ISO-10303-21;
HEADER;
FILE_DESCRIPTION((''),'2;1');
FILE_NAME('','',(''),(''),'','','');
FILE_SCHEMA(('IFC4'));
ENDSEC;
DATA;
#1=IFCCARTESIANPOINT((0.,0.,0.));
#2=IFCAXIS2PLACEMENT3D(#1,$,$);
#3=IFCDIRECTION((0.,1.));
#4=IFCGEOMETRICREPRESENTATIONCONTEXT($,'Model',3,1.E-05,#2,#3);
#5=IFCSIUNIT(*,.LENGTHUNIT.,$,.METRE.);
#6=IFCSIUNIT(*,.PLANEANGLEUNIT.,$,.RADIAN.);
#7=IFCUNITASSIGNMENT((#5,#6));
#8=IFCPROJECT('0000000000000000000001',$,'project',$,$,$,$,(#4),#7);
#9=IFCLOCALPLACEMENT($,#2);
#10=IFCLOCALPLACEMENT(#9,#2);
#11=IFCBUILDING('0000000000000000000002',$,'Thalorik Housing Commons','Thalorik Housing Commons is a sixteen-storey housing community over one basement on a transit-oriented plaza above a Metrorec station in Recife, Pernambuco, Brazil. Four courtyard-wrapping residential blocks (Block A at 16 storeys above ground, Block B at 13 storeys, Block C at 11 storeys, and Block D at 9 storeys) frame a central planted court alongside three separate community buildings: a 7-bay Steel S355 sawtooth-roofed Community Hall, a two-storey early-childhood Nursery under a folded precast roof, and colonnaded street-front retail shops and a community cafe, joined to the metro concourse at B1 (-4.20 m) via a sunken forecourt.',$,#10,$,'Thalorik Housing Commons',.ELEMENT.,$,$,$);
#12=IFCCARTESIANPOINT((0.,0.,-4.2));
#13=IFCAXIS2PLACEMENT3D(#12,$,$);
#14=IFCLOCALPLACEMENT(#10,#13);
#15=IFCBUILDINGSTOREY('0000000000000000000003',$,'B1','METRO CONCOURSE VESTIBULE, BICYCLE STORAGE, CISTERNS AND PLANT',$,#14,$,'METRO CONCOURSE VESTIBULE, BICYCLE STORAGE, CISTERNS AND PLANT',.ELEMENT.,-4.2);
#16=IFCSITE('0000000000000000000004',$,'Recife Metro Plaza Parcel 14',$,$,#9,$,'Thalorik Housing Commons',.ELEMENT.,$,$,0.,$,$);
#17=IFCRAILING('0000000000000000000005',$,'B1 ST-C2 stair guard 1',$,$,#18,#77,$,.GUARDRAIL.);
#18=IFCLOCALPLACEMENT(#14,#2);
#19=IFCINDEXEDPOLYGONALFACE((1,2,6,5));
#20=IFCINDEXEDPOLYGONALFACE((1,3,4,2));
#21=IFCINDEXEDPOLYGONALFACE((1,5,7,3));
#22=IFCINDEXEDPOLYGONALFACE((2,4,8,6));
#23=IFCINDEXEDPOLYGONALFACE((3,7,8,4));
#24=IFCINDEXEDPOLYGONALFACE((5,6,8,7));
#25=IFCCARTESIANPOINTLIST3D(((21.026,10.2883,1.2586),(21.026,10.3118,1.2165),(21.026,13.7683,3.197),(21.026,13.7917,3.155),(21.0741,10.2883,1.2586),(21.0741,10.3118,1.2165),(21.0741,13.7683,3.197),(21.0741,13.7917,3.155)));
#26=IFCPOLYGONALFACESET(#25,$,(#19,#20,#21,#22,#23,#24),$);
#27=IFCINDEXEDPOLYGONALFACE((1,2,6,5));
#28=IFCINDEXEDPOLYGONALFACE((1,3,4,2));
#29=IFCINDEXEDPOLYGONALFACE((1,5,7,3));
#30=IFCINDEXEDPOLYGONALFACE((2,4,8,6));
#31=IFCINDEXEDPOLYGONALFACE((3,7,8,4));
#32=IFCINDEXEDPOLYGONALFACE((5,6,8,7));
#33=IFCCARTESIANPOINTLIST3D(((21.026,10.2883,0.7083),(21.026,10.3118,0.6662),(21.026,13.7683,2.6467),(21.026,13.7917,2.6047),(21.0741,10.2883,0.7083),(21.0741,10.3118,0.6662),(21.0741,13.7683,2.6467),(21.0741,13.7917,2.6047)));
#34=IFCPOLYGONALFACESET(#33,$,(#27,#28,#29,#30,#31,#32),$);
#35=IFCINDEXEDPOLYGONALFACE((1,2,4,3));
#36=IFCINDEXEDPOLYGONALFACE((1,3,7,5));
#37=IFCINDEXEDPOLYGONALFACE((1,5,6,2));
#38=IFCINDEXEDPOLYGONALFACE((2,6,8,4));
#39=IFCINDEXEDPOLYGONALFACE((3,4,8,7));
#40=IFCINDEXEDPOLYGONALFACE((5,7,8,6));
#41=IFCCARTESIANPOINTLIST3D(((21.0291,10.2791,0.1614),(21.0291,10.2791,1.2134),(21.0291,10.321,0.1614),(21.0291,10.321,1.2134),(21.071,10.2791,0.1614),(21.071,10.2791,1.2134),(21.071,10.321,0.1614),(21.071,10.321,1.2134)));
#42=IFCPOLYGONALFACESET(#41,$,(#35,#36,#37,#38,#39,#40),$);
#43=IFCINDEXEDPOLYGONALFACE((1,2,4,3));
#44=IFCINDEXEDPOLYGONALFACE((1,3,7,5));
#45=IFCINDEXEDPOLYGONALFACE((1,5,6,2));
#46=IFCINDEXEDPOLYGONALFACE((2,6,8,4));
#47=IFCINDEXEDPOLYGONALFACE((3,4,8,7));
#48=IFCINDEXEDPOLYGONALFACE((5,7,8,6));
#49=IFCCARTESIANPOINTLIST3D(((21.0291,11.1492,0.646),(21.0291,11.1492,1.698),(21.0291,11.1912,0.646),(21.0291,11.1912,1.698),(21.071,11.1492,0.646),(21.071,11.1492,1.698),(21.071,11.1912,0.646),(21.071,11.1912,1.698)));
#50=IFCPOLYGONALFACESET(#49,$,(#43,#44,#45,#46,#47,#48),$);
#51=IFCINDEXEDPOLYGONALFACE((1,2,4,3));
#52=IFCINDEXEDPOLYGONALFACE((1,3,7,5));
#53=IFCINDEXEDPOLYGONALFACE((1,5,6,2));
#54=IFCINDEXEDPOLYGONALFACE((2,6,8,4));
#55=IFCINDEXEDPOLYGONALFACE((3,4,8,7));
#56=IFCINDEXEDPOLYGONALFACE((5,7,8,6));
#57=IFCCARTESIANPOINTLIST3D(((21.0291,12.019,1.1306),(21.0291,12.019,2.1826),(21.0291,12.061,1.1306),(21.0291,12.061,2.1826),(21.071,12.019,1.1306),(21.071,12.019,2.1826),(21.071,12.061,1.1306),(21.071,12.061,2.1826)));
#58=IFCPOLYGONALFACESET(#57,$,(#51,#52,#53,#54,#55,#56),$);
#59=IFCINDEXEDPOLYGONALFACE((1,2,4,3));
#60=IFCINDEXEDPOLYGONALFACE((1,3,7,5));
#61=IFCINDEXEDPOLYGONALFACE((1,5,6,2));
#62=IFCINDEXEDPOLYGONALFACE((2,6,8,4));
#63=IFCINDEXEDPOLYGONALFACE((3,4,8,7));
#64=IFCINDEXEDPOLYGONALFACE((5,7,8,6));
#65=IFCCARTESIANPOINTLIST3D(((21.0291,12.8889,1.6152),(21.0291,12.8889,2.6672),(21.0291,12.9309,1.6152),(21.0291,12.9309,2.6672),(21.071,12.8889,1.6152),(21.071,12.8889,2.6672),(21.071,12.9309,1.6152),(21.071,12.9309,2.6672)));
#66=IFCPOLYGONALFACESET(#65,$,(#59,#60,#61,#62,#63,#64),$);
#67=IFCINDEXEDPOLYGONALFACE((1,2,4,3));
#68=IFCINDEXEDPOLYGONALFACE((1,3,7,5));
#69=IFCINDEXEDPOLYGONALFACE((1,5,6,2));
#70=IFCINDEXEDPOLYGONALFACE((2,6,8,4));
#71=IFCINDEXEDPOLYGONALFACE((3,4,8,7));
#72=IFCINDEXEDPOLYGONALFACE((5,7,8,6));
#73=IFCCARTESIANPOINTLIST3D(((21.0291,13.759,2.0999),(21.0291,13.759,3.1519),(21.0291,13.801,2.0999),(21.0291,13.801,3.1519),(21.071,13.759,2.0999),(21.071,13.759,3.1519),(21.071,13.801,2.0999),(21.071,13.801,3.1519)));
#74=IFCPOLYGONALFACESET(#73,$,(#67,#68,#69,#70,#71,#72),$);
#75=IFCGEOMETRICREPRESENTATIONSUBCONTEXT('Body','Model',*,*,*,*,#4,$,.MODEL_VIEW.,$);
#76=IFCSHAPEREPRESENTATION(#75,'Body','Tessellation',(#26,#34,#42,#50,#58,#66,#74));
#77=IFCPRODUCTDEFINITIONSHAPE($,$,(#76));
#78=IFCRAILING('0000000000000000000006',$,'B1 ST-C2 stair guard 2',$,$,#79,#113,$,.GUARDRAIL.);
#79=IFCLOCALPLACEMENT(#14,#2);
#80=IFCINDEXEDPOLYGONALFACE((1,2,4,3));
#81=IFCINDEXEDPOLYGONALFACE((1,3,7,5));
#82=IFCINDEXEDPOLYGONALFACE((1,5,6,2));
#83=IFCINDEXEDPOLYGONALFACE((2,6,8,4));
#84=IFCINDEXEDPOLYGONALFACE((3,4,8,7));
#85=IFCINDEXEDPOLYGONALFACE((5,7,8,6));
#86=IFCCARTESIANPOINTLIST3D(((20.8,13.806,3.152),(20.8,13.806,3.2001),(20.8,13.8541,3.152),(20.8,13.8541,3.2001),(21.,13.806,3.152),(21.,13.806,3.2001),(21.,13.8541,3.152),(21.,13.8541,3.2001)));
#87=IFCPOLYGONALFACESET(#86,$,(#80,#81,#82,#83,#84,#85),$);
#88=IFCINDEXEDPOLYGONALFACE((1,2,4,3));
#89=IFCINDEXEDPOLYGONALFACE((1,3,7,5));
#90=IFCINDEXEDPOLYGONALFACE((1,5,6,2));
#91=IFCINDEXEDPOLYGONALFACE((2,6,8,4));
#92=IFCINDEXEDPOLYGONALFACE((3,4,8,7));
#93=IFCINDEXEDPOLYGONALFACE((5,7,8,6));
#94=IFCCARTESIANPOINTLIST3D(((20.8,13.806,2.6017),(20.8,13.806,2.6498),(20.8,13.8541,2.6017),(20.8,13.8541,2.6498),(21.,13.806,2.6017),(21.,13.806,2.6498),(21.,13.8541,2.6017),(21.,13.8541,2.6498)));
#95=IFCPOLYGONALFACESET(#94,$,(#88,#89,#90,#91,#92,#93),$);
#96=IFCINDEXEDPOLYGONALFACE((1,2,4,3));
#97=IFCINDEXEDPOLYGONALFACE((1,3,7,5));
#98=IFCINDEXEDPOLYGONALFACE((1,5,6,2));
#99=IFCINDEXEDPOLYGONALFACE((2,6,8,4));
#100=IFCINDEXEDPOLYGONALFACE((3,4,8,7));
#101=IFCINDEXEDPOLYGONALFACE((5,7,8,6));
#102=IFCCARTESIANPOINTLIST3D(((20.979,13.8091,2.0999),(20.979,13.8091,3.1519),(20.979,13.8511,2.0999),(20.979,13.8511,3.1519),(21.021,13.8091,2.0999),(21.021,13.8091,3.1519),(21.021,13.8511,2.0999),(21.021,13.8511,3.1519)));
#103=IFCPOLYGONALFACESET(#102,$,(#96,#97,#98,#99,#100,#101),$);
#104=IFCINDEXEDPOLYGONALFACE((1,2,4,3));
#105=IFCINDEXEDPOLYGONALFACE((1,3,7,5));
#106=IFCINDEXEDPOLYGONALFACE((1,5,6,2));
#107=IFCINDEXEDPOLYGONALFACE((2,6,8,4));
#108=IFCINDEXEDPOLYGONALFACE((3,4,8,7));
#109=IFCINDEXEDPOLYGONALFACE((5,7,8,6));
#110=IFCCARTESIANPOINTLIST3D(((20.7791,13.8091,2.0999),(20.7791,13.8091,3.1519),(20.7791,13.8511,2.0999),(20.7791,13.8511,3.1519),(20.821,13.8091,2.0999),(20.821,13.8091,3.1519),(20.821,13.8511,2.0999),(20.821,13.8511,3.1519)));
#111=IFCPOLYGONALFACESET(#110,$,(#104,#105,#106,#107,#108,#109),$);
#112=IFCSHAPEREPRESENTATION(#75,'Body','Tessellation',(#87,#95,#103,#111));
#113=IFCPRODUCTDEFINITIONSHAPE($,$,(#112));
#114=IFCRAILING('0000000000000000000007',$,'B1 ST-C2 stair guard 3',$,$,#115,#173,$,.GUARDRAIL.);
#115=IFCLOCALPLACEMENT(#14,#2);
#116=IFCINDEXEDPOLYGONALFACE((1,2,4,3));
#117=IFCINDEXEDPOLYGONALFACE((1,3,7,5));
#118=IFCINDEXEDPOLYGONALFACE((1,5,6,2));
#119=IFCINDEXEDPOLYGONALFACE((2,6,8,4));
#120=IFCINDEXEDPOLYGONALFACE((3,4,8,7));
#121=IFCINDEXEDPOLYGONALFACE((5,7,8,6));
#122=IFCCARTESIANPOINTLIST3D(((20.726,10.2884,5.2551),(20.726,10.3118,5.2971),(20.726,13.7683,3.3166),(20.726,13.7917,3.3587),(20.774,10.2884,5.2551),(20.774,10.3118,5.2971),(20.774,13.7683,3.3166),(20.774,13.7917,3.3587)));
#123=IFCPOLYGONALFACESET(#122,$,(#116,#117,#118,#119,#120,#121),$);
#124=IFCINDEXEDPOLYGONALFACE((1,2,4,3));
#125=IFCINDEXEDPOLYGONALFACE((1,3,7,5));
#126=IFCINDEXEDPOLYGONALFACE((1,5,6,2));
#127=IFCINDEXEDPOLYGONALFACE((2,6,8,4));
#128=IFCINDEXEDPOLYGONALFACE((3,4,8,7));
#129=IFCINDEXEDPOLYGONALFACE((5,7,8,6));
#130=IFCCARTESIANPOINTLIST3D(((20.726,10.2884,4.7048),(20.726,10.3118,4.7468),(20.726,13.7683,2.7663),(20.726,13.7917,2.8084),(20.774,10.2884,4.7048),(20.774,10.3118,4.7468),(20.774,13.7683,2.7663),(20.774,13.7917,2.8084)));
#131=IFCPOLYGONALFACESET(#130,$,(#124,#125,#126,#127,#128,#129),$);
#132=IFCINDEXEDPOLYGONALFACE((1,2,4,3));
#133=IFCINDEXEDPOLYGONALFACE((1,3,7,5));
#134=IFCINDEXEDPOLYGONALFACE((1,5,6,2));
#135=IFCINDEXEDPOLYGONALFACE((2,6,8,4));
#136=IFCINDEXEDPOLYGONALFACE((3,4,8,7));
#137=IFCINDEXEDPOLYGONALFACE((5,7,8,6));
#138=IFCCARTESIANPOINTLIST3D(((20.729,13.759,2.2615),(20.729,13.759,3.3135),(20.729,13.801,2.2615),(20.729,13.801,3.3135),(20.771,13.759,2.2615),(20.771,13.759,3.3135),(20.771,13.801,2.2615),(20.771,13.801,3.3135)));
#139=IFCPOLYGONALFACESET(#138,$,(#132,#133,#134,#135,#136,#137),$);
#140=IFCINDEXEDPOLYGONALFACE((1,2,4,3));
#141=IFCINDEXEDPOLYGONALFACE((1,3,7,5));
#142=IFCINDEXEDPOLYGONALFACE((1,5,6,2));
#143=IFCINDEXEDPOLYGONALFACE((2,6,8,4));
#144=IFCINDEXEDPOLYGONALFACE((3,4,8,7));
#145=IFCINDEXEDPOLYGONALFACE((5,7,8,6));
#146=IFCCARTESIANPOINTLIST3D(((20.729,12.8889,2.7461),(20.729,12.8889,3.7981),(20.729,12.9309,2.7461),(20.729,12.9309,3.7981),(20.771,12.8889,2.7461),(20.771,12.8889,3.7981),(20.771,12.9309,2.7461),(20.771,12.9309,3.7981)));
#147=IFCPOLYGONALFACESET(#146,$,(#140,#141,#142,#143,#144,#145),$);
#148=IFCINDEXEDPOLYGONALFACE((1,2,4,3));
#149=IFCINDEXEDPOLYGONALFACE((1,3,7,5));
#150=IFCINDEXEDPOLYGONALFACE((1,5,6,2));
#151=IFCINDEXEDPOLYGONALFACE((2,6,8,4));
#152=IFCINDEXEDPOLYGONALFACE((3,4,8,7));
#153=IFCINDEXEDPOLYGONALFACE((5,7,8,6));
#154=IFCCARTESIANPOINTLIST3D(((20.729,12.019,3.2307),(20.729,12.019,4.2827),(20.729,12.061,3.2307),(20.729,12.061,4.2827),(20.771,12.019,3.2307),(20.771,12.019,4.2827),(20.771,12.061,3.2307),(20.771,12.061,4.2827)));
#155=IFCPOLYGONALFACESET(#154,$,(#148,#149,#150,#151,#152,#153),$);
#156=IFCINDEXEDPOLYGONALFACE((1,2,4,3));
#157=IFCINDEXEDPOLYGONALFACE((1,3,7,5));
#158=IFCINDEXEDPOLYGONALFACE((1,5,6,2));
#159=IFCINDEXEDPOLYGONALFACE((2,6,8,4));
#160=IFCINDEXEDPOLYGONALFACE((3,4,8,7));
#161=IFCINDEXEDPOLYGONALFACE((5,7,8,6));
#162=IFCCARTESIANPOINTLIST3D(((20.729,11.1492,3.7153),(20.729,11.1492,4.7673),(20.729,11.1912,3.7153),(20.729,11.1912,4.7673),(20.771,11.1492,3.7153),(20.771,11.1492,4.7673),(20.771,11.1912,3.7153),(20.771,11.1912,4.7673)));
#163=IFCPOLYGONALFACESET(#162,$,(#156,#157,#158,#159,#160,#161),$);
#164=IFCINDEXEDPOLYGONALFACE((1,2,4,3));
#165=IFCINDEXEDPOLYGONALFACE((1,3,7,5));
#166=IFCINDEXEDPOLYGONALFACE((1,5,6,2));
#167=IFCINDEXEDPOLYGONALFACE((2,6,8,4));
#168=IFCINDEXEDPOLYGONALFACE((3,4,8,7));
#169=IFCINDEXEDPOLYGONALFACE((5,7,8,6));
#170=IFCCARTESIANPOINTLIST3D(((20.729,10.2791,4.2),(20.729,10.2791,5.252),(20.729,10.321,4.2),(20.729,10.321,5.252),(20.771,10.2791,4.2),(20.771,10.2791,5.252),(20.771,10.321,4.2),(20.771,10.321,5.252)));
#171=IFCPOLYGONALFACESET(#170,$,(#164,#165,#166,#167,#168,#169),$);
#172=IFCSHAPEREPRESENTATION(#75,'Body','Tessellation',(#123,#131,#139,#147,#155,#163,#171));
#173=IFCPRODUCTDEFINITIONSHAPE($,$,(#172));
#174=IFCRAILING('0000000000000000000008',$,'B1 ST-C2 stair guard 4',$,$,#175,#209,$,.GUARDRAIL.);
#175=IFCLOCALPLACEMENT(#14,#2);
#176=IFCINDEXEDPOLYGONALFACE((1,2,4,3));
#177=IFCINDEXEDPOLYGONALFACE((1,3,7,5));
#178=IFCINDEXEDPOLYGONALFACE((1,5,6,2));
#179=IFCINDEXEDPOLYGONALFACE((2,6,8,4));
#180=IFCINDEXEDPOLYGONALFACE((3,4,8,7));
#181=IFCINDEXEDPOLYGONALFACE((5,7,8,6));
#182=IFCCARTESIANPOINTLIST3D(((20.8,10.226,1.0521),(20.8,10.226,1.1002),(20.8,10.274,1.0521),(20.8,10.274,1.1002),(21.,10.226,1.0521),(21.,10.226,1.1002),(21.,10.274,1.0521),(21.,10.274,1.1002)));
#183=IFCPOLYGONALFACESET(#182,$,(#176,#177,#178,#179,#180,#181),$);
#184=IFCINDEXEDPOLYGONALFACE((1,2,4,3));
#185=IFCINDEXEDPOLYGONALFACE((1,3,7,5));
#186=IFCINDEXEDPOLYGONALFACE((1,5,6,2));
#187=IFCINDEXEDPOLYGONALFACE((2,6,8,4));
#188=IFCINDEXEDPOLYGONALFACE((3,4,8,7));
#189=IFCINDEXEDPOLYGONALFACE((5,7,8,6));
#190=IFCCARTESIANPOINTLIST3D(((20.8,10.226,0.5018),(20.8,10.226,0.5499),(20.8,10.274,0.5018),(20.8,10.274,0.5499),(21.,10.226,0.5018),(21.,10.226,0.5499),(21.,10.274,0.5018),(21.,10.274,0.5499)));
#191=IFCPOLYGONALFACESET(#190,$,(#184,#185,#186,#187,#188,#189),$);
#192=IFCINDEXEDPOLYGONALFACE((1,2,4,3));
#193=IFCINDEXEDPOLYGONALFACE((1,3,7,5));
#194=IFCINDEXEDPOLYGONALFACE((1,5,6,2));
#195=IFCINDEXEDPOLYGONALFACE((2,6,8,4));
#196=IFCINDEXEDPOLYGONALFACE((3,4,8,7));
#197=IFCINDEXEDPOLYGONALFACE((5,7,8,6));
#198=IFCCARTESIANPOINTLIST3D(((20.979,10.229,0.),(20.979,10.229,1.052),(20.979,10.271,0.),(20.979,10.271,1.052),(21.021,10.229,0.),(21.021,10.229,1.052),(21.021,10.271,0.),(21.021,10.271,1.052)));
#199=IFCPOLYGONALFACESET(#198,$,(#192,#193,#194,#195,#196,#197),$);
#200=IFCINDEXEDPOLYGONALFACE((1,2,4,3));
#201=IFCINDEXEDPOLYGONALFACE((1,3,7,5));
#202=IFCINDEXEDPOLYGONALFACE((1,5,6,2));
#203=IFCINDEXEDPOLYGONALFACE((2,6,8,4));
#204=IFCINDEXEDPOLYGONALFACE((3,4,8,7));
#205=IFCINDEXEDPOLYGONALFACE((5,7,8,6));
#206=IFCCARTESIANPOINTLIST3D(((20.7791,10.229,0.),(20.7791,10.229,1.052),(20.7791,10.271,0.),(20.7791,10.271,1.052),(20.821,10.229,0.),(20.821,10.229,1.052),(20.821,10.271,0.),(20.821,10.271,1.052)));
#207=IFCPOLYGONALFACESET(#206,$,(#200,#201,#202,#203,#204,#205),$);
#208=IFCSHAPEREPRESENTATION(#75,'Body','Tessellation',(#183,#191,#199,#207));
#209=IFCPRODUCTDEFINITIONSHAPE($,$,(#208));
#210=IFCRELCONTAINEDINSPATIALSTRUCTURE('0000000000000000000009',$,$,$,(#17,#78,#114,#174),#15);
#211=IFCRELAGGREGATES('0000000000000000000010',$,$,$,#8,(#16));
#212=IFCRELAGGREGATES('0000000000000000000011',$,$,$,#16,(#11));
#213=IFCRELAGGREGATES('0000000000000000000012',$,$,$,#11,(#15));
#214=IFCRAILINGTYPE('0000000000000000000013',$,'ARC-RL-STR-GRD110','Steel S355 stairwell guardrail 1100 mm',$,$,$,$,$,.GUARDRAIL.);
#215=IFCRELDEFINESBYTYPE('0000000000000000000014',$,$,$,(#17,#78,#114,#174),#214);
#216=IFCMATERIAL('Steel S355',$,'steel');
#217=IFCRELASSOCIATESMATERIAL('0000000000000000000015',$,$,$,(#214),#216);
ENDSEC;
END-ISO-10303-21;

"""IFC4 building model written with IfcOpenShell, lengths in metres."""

from ifc_helpers import new_model, si_unit, direction, frame, origin, origin_2d, place, context, subcontext, project, spatial, rectangle, extrude, material, type_object, element, save


model = new_model("IFC4")

# Units and contexts
model_context = context("Model", 3, precision=1e-05, world=origin(), true_north=direction((0.0, 1.0)))
body_context = subcontext(model_context, "Body", "Model", "MODEL_VIEW")
ifc_project = project(units=[si_unit("LENGTHUNIT", "METRE"), si_unit("PLANEANGLEUNIT", "RADIAN")], contexts=[model_context])

# Site, building, storey
site_placement = place(None, origin())
site = spatial("IfcSite", under=ifc_project, at=site_placement, Name="Recife Metro Plaza Parcel 14", LongName="Thalorik Housing Commons", CompositionType="ELEMENT", RefElevation=0.0)
building_placement = place(site_placement, origin())
building = spatial("IfcBuilding", under=site, at=building_placement, Name="Thalorik Housing Commons", Description="Thalorik Housing Commons is a sixteen-storey housing community over one basement on a transit-oriented plaza above a Metrorec station in Recife, Pernambuco, Brazil. Four courtyard-wrapping residential blocks (Block A at 16 storeys above ground, Block B at 13 storeys, Block C at 11 storeys, and Block D at 9 storeys) frame a central planted court alongside three separate community buildings: a 7-bay Steel S355 sawtooth-roofed Community Hall, a two-storey early-childhood Nursery under a folded precast roof, and colonnaded street-front retail shops and a community cafe, joined to the metro concourse at B1 (-4.20 m) via a sunken forecourt.", LongName="Thalorik Housing Commons", CompositionType="ELEMENT")
storey_placement = place(building_placement, frame((0.0, 0.0, -4.2)))
storey = spatial("IfcBuildingStorey", under=building, at=storey_placement, Name="B1", Description="METRO CONCOURSE VESTIBULE, BICYCLE STORAGE, CISTERNS AND PLANT", LongName="METRO CONCOURSE VESTIBULE, BICYCLE STORAGE, CISTERNS AND PLANT", CompositionType="ELEMENT", Elevation=-4.2)

# Shared definitions
ifc_material_1 = material(Name="Steel S355", Category="steel")

# Railings
railing_type_1 = type_object("IfcRailingType", Name="ARC-RL-STR-GRD110", Description="Steel S355 stairwell guardrail 1100 mm", PredefinedType="GUARDRAIL", material=ifc_material_1)
railing_1_placement = place(storey_placement, frame((21.05, 10.3, 0.1614)))
element("IfcRailing", 1, at=railing_1_placement, inside=storey, type_object=railing_type_1, Name="B1 ST-C2 stair guard 1", PredefinedType="GUARDRAIL", context=body_context, shape_type="SweptSolid", body=[
    extrude(rectangle(XDim=0.0481, YDim=0.0481, at=origin_2d()), frame((0.0, 0.0, 1.0762), z_axis=(0.0, 0.873607, 0.486631), x_axis=(-1.0, 0.0, 0.0)), (0.0, 0.0, 1.0), 3.9834),
    extrude(rectangle(XDim=0.0481, YDim=0.0481, at=origin_2d()), frame((0.0, 0.0, 0.5259), z_axis=(0.0, 0.873607, 0.486631), x_axis=(-1.0, 0.0, 0.0)), (0.0, 0.0, 1.0), 3.9834),
    extrude(rectangle(XDim=0.042, YDim=0.042, at=origin_2d()), origin(), (0.0, 0.0, 1.0), 1.052),
    extrude(rectangle(XDim=0.042, YDim=0.042, at=origin_2d()), frame((0.0, 0.8701, 0.4846)), (0.0, 0.0, 1.0), 1.052),
    extrude(rectangle(XDim=0.042, YDim=0.042, at=origin_2d()), frame((0.0, 1.74, 0.9692)), (0.0, 0.0, 1.0), 1.052),
    extrude(rectangle(XDim=0.042, YDim=0.042, at=origin_2d()), frame((0.0, 2.6099, 1.4539)), (0.0, 0.0, 1.0), 1.052),
    extrude(rectangle(XDim=0.042, YDim=0.042, at=origin_2d()), frame((0.0, 3.48, 1.9385)), (0.0, 0.0, 1.0), 1.052),
])
railing_2_placement = place(storey_placement, frame((21.0, 13.8301, 2.0999)))
element("IfcRailing", 2, at=railing_2_placement, inside=storey, type_object=railing_type_1, Name="B1 ST-C2 stair guard 2", PredefinedType="GUARDRAIL", context=body_context, shape_type="SweptSolid", body=[
    extrude(rectangle(XDim=0.0481, YDim=0.0481, at=origin_2d()), frame((0.0, 0.0, 1.0762), z_axis=(-1.0, 0.0, 0.0), x_axis=(0.0, -1.0, 0.0)), (0.0, 0.0, 1.0), 0.2),
    extrude(rectangle(XDim=0.0481, YDim=0.0481, at=origin_2d()), frame((0.0, 0.0, 0.5259), z_axis=(-1.0, 0.0, 0.0), x_axis=(0.0, -1.0, 0.0)), (0.0, 0.0, 1.0), 0.2),
    extrude(rectangle(XDim=0.042, YDim=0.042, at=origin_2d()), origin(), (0.0, 0.0, 1.0), 1.052),
    extrude(rectangle(XDim=0.042, YDim=0.042, at=origin_2d()), frame((-0.2, 0.0, 0.0)), (0.0, 0.0, 1.0), 1.052),
])
railing_3_placement = place(storey_placement, frame((20.75, 13.78, 2.2615)))
element("IfcRailing", 3, at=railing_3_placement, inside=storey, type_object=railing_type_1, Name="B1 ST-C2 stair guard 3", PredefinedType="GUARDRAIL", context=body_context, shape_type="SweptSolid", body=[
    extrude(rectangle(XDim=0.0481, YDim=0.0481, at=origin_2d()), frame((0.0, 0.0, 1.0762), z_axis=(0.0, -0.873607, 0.486631), x_axis=(1.0, 0.0, 0.0)), (0.0, 0.0, 1.0), 3.9834),
    extrude(rectangle(XDim=0.0481, YDim=0.0481, at=origin_2d()), frame((0.0, 0.0, 0.5259), z_axis=(0.0, -0.873607, 0.486631), x_axis=(1.0, 0.0, 0.0)), (0.0, 0.0, 1.0), 3.9834),
    extrude(rectangle(XDim=0.042, YDim=0.042, at=origin_2d()), origin(), (0.0, 0.0, 1.0), 1.052),
    extrude(rectangle(XDim=0.042, YDim=0.042, at=origin_2d()), frame((0.0, -0.8701, 0.4846)), (0.0, 0.0, 1.0), 1.052),
    extrude(rectangle(XDim=0.042, YDim=0.042, at=origin_2d()), frame((0.0, -1.74, 0.9692)), (0.0, 0.0, 1.0), 1.052),
    extrude(rectangle(XDim=0.042, YDim=0.042, at=origin_2d()), frame((0.0, -2.6099, 1.4539)), (0.0, 0.0, 1.0), 1.052),
    extrude(rectangle(XDim=0.042, YDim=0.042, at=origin_2d()), frame((0.0, -3.48, 1.9385)), (0.0, 0.0, 1.0), 1.052),
])
railing_4_placement = place(storey_placement, frame((21.0, 10.25, 0.0)))
element("IfcRailing", 4, at=railing_4_placement, inside=storey, type_object=railing_type_1, Name="B1 ST-C2 stair guard 4", PredefinedType="GUARDRAIL", context=body_context, shape_type="SweptSolid", body=[
    extrude(rectangle(XDim=0.0481, YDim=0.0481, at=origin_2d()), frame((0.0, 0.0, 1.0762), z_axis=(-1.0, 0.0, 0.0), x_axis=(0.0, -1.0, 0.0)), (0.0, 0.0, 1.0), 0.2),
    extrude(rectangle(XDim=0.0481, YDim=0.0481, at=origin_2d()), frame((0.0, 0.0, 0.5259), z_axis=(-1.0, 0.0, 0.0), x_axis=(0.0, -1.0, 0.0)), (0.0, 0.0, 1.0), 0.2),
    extrude(rectangle(XDim=0.042, YDim=0.042, at=origin_2d()), origin(), (0.0, 0.0, 1.0), 1.052),
    extrude(rectangle(XDim=0.042, YDim=0.042, at=origin_2d()), frame((-0.2, 0.0, 0.0)), (0.0, 0.0, 1.0), 1.052),
])

save(model, "model.ifc")
